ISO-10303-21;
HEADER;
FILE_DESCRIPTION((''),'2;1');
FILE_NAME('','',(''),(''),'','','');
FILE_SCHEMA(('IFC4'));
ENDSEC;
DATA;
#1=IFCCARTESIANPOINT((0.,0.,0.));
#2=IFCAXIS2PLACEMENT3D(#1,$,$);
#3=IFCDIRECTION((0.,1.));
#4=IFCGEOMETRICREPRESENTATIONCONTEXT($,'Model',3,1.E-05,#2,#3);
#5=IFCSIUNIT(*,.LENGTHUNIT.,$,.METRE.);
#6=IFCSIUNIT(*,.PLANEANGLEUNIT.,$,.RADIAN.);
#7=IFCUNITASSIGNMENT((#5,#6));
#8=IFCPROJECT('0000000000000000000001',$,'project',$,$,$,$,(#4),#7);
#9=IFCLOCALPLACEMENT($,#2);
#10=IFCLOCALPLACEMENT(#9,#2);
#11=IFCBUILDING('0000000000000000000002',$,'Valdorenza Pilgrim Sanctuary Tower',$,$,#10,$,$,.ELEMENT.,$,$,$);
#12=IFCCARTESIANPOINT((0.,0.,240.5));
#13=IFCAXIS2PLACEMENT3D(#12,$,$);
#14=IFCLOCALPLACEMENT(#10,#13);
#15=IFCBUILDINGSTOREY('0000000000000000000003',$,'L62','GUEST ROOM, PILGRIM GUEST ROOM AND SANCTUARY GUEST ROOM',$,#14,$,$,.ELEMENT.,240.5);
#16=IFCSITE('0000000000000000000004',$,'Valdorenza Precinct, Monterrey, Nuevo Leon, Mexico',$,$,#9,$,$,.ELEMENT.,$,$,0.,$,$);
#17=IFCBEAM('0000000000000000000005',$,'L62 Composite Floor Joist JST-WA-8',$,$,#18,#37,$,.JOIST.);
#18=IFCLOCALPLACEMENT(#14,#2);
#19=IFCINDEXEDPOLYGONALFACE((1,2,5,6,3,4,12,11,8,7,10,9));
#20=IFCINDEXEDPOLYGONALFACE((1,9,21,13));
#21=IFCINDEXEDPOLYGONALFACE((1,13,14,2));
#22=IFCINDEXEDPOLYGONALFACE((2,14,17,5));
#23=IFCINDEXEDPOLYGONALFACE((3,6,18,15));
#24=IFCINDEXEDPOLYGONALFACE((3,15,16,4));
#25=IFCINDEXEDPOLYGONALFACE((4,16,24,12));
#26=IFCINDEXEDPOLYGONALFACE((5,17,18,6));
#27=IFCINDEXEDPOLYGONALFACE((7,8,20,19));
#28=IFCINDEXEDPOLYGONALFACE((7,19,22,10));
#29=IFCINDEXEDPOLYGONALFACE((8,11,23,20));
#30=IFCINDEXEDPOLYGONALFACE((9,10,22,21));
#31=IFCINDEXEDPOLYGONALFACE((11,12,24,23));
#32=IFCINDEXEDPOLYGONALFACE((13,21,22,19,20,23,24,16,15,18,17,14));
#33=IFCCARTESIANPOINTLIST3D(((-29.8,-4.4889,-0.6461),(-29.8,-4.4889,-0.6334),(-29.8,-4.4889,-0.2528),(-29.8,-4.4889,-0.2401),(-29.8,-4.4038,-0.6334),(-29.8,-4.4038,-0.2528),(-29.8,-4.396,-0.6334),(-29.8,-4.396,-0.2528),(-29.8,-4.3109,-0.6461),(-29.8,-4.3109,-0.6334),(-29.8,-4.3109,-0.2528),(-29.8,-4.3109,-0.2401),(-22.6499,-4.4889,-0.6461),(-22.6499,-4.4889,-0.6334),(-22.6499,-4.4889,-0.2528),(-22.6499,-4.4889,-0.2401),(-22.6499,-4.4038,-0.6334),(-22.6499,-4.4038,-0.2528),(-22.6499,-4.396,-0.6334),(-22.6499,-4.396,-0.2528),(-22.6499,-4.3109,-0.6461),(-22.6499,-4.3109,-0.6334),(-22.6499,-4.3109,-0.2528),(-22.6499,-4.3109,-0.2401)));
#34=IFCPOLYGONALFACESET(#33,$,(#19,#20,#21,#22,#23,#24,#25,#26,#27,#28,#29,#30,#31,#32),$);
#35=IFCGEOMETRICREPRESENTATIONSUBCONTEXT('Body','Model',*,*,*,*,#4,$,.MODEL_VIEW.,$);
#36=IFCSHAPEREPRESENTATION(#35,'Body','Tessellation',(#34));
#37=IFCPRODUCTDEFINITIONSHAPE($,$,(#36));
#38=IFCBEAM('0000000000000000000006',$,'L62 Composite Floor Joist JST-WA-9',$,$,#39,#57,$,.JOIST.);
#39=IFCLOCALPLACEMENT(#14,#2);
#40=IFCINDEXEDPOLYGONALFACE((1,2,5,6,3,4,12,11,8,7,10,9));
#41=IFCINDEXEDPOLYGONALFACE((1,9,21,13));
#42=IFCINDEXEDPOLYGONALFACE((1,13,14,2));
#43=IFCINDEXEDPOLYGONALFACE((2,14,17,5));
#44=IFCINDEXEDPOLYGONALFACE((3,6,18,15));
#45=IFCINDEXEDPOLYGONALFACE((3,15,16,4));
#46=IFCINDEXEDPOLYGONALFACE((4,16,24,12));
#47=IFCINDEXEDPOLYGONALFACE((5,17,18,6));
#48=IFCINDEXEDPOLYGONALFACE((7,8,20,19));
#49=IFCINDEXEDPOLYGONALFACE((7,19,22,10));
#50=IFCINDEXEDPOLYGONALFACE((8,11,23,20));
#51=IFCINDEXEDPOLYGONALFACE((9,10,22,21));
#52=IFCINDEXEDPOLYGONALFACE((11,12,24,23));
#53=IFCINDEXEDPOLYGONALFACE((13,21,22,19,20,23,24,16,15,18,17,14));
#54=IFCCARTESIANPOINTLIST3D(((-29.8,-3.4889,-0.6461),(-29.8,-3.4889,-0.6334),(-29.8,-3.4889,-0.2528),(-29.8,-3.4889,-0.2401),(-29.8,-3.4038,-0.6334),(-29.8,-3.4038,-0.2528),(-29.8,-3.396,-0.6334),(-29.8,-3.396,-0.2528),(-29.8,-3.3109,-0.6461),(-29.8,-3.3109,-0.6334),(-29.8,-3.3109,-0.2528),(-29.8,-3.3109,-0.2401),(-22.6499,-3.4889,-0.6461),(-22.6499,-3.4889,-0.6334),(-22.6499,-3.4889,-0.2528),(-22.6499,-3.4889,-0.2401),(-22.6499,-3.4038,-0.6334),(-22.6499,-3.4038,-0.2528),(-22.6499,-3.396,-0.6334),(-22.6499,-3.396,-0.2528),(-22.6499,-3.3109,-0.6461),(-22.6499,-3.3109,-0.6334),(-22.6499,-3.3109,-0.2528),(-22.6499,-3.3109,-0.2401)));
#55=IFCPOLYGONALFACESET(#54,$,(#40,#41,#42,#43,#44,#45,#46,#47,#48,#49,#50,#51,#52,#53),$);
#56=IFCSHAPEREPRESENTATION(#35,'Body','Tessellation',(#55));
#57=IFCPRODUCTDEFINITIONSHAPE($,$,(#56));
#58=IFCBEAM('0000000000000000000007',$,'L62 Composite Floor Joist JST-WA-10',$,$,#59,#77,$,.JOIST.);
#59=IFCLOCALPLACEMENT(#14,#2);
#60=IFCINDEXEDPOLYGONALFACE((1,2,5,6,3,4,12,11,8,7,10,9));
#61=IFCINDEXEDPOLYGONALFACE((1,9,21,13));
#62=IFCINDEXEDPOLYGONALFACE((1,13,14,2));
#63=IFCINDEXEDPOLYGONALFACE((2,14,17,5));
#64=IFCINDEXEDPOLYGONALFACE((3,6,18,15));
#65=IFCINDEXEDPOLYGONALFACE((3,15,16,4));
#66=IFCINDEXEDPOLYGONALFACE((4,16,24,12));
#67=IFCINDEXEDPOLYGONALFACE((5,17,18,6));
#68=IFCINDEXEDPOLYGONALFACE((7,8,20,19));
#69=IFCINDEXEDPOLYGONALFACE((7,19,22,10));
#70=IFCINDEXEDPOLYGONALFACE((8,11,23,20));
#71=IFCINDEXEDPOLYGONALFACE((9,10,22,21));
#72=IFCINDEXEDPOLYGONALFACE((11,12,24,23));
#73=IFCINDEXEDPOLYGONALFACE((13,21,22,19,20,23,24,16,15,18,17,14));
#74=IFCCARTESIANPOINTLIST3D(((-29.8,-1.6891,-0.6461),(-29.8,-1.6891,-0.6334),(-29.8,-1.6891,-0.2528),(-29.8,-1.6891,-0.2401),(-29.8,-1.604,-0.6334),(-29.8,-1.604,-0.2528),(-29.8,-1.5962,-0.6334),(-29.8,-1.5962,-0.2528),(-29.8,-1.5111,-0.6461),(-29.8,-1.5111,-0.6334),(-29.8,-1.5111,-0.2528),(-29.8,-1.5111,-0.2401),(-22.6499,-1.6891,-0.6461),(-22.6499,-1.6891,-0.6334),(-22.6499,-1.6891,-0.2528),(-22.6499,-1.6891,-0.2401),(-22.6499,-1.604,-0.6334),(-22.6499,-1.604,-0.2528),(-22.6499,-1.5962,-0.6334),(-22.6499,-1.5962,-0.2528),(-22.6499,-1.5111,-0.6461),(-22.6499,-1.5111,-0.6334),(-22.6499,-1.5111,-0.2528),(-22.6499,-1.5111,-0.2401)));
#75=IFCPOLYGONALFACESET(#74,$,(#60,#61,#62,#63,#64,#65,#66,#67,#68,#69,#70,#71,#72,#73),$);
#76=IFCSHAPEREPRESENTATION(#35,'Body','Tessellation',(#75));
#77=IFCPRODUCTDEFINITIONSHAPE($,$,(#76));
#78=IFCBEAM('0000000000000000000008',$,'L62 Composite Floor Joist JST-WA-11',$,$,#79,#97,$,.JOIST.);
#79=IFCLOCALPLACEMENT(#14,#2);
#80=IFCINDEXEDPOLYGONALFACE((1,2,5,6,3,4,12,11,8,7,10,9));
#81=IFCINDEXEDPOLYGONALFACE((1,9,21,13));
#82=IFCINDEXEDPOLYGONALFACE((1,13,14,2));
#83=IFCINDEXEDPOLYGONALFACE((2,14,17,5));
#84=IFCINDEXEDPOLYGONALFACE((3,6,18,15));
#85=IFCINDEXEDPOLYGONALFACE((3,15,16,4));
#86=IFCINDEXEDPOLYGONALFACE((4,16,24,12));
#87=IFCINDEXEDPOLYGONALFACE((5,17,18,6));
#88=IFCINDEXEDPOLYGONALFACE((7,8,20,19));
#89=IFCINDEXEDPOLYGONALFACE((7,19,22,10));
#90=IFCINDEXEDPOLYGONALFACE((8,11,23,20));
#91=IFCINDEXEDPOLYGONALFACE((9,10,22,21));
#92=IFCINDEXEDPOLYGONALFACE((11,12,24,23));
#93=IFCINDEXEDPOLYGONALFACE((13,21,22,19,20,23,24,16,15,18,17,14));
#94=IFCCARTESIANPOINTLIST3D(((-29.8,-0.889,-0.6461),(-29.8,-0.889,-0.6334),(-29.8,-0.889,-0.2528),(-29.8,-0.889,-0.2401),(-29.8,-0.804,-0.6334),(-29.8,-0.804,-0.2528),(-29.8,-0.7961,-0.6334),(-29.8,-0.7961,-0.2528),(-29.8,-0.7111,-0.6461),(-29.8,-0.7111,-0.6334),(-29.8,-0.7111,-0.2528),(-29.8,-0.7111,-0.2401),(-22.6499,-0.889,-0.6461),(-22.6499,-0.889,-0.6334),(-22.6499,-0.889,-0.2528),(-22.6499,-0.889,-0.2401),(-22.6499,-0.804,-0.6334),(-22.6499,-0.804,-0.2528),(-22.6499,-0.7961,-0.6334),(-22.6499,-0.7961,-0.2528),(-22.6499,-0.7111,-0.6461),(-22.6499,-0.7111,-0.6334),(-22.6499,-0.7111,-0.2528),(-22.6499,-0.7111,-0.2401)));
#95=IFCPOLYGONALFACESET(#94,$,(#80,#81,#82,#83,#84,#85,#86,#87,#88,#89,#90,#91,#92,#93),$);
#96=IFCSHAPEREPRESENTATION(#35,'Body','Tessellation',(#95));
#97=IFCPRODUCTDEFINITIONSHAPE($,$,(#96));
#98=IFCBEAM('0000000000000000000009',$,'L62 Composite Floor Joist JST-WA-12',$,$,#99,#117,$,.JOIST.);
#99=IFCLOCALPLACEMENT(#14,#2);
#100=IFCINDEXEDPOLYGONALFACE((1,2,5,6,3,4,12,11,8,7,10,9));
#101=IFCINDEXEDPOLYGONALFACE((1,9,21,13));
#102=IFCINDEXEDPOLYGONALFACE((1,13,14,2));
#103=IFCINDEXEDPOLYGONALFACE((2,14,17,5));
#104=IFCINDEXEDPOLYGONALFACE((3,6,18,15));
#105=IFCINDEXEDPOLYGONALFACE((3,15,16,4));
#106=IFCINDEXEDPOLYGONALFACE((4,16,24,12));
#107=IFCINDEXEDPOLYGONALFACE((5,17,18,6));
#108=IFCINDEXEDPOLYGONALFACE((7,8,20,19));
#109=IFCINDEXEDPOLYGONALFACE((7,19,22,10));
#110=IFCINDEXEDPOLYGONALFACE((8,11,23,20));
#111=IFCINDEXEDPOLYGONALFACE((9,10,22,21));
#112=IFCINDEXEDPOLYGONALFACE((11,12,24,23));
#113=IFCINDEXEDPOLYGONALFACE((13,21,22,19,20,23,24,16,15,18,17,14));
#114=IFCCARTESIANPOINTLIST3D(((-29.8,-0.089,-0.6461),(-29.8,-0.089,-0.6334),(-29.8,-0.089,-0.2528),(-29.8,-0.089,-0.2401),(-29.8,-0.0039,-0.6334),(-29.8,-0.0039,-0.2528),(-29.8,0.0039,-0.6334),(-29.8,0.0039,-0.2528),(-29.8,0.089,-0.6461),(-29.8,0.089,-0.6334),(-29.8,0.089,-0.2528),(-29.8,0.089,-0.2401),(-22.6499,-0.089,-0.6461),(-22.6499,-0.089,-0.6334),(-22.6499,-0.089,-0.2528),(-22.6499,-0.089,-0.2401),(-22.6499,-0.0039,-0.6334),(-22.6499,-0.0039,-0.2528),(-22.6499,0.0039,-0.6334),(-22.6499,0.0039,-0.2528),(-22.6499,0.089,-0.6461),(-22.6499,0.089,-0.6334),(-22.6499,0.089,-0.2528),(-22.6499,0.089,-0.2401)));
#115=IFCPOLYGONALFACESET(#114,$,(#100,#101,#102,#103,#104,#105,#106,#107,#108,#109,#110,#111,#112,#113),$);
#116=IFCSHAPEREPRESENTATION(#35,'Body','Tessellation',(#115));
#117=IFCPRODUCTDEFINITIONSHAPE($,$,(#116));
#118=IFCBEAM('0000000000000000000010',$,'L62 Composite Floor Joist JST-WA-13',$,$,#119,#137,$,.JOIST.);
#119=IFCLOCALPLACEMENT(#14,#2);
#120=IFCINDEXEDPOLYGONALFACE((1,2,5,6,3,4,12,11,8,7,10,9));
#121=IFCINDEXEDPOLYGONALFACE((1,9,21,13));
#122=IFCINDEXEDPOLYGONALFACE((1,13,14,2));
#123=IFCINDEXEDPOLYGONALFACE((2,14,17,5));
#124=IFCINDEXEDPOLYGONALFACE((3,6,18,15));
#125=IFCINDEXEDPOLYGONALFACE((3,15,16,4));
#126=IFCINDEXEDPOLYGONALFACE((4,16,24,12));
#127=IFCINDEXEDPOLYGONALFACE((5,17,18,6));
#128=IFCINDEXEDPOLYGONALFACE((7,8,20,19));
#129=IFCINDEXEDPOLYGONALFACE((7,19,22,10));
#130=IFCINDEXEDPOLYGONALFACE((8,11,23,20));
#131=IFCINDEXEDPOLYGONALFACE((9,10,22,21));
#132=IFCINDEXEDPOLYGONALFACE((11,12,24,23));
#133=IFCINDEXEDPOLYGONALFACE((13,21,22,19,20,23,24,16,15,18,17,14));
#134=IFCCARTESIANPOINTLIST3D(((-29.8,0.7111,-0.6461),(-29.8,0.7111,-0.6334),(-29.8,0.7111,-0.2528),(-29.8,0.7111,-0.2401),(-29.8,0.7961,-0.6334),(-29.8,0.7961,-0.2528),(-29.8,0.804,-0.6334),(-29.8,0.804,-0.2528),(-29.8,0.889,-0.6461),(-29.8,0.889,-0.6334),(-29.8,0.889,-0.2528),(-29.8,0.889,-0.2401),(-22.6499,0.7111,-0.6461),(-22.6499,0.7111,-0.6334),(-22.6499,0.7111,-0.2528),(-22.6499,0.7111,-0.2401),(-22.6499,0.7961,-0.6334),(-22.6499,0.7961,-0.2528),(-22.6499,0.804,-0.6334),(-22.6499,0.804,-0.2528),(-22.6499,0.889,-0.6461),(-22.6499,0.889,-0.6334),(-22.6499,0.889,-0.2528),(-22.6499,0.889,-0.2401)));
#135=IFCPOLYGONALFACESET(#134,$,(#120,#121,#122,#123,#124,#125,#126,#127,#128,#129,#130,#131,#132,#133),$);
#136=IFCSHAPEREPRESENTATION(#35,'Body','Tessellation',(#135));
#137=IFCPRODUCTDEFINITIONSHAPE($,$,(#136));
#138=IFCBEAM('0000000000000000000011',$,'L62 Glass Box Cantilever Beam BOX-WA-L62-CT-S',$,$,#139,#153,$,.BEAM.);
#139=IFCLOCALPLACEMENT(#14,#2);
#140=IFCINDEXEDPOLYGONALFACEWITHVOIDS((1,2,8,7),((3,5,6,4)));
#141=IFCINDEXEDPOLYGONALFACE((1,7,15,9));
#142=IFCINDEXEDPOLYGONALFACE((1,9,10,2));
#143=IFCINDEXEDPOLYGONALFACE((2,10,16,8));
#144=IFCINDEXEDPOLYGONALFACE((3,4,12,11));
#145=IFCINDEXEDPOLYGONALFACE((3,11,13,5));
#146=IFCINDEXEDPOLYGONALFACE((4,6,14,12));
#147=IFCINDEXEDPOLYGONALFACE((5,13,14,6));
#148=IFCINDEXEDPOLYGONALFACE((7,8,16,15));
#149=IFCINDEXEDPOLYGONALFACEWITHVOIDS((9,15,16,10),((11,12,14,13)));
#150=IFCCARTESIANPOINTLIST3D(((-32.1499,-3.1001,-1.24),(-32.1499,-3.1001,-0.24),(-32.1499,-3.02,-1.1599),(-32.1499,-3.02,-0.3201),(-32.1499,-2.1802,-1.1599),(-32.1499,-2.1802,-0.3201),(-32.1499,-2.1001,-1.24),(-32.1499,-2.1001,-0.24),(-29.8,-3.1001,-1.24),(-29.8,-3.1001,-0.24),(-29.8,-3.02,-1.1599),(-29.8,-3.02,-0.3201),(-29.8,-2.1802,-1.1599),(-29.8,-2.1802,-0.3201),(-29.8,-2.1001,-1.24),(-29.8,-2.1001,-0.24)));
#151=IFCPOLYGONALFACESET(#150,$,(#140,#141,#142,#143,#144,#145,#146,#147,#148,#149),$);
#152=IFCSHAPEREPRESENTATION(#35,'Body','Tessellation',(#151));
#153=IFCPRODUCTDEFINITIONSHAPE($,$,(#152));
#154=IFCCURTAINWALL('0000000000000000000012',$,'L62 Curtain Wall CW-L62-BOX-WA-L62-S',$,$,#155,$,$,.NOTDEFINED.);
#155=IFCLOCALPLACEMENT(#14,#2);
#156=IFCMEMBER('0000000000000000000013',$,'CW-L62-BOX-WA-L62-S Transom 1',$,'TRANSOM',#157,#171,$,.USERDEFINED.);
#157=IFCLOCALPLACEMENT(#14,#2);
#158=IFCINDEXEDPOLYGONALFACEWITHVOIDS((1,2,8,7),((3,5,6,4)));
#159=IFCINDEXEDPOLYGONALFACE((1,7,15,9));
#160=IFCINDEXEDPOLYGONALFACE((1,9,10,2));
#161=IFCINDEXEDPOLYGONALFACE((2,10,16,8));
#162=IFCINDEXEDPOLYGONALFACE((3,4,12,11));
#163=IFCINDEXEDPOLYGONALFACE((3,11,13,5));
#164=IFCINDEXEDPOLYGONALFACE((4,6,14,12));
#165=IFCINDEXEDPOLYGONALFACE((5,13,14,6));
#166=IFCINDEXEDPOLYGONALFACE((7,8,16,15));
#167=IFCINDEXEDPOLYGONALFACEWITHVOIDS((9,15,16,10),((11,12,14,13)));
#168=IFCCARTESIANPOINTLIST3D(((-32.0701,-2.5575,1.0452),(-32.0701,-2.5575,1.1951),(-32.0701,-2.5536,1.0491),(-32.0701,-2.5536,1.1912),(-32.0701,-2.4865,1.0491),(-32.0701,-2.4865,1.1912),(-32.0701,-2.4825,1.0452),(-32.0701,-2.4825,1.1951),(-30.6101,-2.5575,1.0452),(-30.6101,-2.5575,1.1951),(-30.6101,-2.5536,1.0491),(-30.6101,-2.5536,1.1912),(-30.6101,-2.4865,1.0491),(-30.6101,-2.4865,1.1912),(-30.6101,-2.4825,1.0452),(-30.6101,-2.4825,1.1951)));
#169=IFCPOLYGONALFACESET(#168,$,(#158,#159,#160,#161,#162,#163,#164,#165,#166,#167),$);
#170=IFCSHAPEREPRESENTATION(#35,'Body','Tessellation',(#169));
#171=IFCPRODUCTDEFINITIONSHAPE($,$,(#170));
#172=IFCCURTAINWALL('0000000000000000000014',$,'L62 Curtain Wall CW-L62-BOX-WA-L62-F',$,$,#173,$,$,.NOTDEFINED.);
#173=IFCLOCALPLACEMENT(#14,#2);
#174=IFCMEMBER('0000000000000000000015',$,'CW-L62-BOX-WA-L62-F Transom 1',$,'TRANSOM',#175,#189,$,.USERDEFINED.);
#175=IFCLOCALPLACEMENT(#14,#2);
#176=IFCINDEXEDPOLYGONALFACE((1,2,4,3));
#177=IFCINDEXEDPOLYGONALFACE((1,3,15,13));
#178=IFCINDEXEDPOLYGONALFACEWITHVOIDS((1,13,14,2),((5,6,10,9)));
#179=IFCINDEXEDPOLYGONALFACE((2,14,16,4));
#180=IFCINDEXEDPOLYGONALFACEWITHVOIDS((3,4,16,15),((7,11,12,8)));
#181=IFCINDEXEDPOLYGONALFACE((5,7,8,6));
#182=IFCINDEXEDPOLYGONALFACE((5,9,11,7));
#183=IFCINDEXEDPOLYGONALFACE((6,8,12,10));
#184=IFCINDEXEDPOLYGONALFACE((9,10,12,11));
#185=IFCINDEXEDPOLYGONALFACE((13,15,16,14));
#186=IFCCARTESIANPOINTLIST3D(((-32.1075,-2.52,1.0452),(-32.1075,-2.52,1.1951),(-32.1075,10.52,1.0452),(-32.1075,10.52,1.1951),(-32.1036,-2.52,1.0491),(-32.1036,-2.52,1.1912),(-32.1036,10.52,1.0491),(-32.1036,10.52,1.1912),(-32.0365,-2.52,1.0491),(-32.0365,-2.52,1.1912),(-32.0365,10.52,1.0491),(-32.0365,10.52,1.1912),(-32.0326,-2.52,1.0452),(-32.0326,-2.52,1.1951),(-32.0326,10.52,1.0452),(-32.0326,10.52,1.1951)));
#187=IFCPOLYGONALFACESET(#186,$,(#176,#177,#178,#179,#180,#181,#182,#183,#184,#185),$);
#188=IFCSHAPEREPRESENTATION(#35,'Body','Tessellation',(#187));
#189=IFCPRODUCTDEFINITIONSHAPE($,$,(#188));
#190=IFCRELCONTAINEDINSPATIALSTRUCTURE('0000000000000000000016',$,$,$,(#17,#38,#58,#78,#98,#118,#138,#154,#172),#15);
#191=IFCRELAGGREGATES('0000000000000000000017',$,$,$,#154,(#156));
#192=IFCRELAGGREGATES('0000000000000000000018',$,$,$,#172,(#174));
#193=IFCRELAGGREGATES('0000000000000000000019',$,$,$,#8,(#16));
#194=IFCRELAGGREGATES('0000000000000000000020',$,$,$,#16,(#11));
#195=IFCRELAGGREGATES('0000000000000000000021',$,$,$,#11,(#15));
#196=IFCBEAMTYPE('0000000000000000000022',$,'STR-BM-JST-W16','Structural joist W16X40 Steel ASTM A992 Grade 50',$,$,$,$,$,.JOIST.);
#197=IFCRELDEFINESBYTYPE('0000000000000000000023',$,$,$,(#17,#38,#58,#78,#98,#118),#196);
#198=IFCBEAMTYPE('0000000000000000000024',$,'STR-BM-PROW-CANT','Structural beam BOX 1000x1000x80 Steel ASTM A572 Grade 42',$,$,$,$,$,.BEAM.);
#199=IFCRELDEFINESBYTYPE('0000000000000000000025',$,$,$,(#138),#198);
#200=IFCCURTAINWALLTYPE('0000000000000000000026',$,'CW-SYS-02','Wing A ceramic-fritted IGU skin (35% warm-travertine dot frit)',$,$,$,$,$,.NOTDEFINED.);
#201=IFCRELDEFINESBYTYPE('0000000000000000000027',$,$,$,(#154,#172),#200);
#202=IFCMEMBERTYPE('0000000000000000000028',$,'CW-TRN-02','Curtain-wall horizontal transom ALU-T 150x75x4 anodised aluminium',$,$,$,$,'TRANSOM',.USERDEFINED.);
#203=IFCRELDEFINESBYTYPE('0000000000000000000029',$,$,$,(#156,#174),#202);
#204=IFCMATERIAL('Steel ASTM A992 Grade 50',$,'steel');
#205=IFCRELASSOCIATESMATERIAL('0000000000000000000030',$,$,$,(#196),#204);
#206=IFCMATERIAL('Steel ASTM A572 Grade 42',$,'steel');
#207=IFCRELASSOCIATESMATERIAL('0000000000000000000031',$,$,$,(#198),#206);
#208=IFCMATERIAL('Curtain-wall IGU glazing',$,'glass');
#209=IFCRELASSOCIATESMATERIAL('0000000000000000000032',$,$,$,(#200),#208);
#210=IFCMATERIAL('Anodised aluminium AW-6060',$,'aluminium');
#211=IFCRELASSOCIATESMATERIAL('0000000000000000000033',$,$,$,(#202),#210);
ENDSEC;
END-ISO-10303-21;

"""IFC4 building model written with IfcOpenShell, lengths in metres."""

from ifc_helpers import new_model, si_unit, direction, frame, origin, origin_2d, place, context, subcontext, project, spatial, hollow_rectangle, i_section, extrude, source, transform, mapped, material, material_profile, profile_set, type_object, element, aggregate, save


model = new_model("IFC4")

# Units and contexts
model_context = context("Model", 3, precision=1e-05, world=origin(), true_north=direction((0.0, 1.0)))
body_context = subcontext(model_context, "Body", "Model", "MODEL_VIEW")
ifc_project = project(units=[si_unit("LENGTHUNIT", "METRE"), si_unit("PLANEANGLEUNIT", "RADIAN")], contexts=[model_context])

# Site, building, storey
site_placement = place(None, origin())
site = spatial("IfcSite", under=ifc_project, at=site_placement, Name="Valdorenza Precinct, Monterrey, Nuevo Leon, Mexico", CompositionType="ELEMENT", RefElevation=0.0)
building_placement = place(site_placement, origin())
building = spatial("IfcBuilding", under=site, at=building_placement, Name="Valdorenza Pilgrim Sanctuary Tower", CompositionType="ELEMENT")
storey_placement = place(building_placement, frame((0.0, 0.0, 240.5)))
storey = spatial("IfcBuildingStorey", under=building, at=storey_placement, Name="L62", Description="GUEST ROOM, PILGRIM GUEST ROOM AND SANCTUARY GUEST ROOM", CompositionType="ELEMENT", Elevation=240.5)

# Beams
ifc_material_1 = material(Name="Steel ASTM A992 Grade 50", Category="steel")
ifc_material_profile_1 = material_profile(ifc_material_1, i_section(OverallWidth=0.178, OverallDepth=0.406, WebThickness=0.0078, FlangeThickness=0.0127, at=origin_2d()), Name="W16X40")
ifc_profile_set_1 = profile_set([ifc_material_profile_1], Name="Steel ASTM A992 Grade 50")
beam_type_1 = type_object("IfcBeamType", Name="STR-BM-JST-W16", Description="Structural joist W16X40 Steel ASTM A992 Grade 50", PredefinedType="JOIST", material=ifc_profile_set_1)
shared_shape_1 = source(origin(), body_context, "Body", "SweptSolid", [
    extrude(i_section(OverallWidth=0.178, OverallDepth=0.406, WebThickness=0.0078, FlangeThickness=0.0127, at=origin_2d()), origin(), (0.0, 0.0, 1.0), 7.1501),
])
for number, where, z_axis, x_axis, name in (
    (1, (-29.8, -4.3999, -0.4431), (1.0, 0.0, 0.0), (0.0, 1.0, 0.0), "L62 Composite Floor Joist JST-WA-8"),
    (2, (-29.8, -3.3999, -0.4431), (1.0, 0.0, 0.0), (0.0, 1.0, 0.0), "L62 Composite Floor Joist JST-WA-9"),
    (3, (-29.8, -1.6001, -0.4431), (1.0, 0.0, 0.0), (0.0, 1.0, 0.0), "L62 Composite Floor Joist JST-WA-10"),
    (4, (-29.8, -0.8, -0.4431), (1.0, 0.0, 0.0), (0.0, 1.0, 0.0), "L62 Composite Floor Joist JST-WA-11"),
    (5, (-29.8, 0.0, -0.4431), (1.0, 0.0, 0.0), (0.0, 1.0, 0.0), "L62 Composite Floor Joist JST-WA-12"),
    (6, (-29.8, 0.8, -0.4431), (1.0, 0.0, 0.0), (0.0, 1.0, 0.0), "L62 Composite Floor Joist JST-WA-13"),
):
    element("IfcBeam", number, at=place(storey_placement, frame(where, z_axis=z_axis, x_axis=x_axis)), inside=storey, type_object=beam_type_1, Name=name, PredefinedType="JOIST", context=body_context, shape_type="MappedRepresentation", body=[
        mapped(shared_shape_1, transform((0.0, 0.0, 0.0), x_axis=(1.0, 0.0, 0.0), y_axis=(0.0, 1.0, 0.0), z_axis=(0.0, 0.0, 1.0), scale=1.0)),
    ])
ifc_material_2 = material(Name="Steel ASTM A572 Grade 42", Category="steel")
ifc_material_profile_2 = material_profile(ifc_material_2, hollow_rectangle(XDim=1.0, YDim=1.0, WallThickness=0.0801, at=origin_2d()), Name="BOX 1000x1000x80")
ifc_profile_set_2 = profile_set([ifc_material_profile_2], Name="Steel ASTM A572 Grade 42")
beam_type_2 = type_object("IfcBeamType", Name="STR-BM-PROW-CANT", Description="Structural beam BOX 1000x1000x80 Steel ASTM A572 Grade 42", PredefinedType="BEAM", material=ifc_profile_set_2)
shared_shape_2 = source(origin(), body_context, "Body", "SweptSolid", [
    extrude(hollow_rectangle(XDim=1.0, YDim=1.0, WallThickness=0.0801, at=origin_2d()), origin(), (0.0, 0.0, 1.0), 2.3499),
])
beam_1_placement = place(storey_placement, frame((-29.8, -2.6001, -0.74), z_axis=(-1.0, 0.0, 0.0), x_axis=(0.0, -1.0, 0.0)))
element("IfcBeam", 7, at=beam_1_placement, inside=storey, type_object=beam_type_2, Name="L62 Glass Box Cantilever Beam BOX-WA-L62-CT-S", PredefinedType="BEAM", context=body_context, shape_type="MappedRepresentation", body=[
    mapped(shared_shape_2, transform((0.0, 0.0, 0.0), x_axis=(1.0, 0.0, 0.0), y_axis=(0.0, 1.0, 0.0), z_axis=(0.0, 0.0, 1.0), scale=1.0)),
])

# Curtain walls, members
ifc_material_3 = material(Name="Curtain-wall IGU glazing", Category="glass")
curtain_wall_type = type_object("IfcCurtainWallType", Name="CW-SYS-02", Description="Wing A ceramic-fritted IGU skin (35% warm-travertine dot frit)", PredefinedType="NOTDEFINED", material=ifc_material_3)
curtain_wall_1_placement = place(storey_placement, origin())
curtain_wall_1 = element("IfcCurtainWall", 8, at=curtain_wall_1_placement, inside=storey, type_object=curtain_wall_type, Name="L62 Curtain Wall CW-L62-BOX-WA-L62-S", PredefinedType="NOTDEFINED")
ifc_material_4 = material(Name="Anodised aluminium AW-6060", Category="aluminium")
ifc_material_profile_3 = material_profile(ifc_material_4, hollow_rectangle(XDim=0.075, YDim=0.1499, WallThickness=0.0039, at=origin_2d()), Name="ALU-T 150x75x4")
ifc_profile_set_3 = profile_set([ifc_material_profile_3], Name="Anodised aluminium AW-6060")
member_type_1 = type_object("IfcMemberType", Name="CW-TRN-02", Description="Curtain-wall horizontal transom ALU-T 150x75x4 anodised aluminium", ElementType="TRANSOM", PredefinedType="USERDEFINED", material=ifc_profile_set_3)
shared_shape_3 = source(origin(), body_context, "Body", "SweptSolid", [
    extrude(hollow_rectangle(XDim=0.075, YDim=0.1499, WallThickness=0.0039, at=origin_2d()), origin(), (0.0, 0.0, 1.0), 1.46),
])
member_1_placement = place(storey_placement, frame((-30.6101, -2.52, 1.1201), z_axis=(-1.0, 0.0, 0.0), x_axis=(0.0, -1.0, 0.0)))
member_1 = element("IfcMember", 9, at=member_1_placement, type_object=member_type_1, Name="CW-L62-BOX-WA-L62-S Transom 1", ObjectType="TRANSOM", PredefinedType="USERDEFINED", context=body_context, shape_type="MappedRepresentation", body=[
    mapped(shared_shape_3, transform((0.0, 0.0, 0.0), x_axis=(1.0, 0.0, 0.0), y_axis=(0.0, 1.0, 0.0), z_axis=(0.0, 0.0, 1.0), scale=1.0)),
])
curtain_wall_2_placement = place(storey_placement, origin())
curtain_wall_2 = element("IfcCurtainWall", 10, at=curtain_wall_2_placement, inside=storey, type_object=curtain_wall_type, Name="L62 Curtain Wall CW-L62-BOX-WA-L62-F", PredefinedType="NOTDEFINED")
shared_shape_4 = source(origin(), body_context, "Body", "SweptSolid", [
    extrude(hollow_rectangle(XDim=0.075, YDim=0.1499, WallThickness=0.0039, at=origin_2d()), origin(), (0.0, 0.0, 1.0), 13.04),
])
member_2_placement = place(storey_placement, frame((-32.0701, -2.52, 1.1201), z_axis=(0.0, 1.0, 0.0), x_axis=(-1.0, 0.0, 0.0)))
member_2 = element("IfcMember", 11, at=member_2_placement, type_object=member_type_1, Name="CW-L62-BOX-WA-L62-F Transom 1", ObjectType="TRANSOM", PredefinedType="USERDEFINED", context=body_context, shape_type="MappedRepresentation", body=[
    mapped(shared_shape_4, transform((0.0, 0.0, 0.0), x_axis=(1.0, 0.0, 0.0), y_axis=(0.0, 1.0, 0.0), z_axis=(0.0, 0.0, 1.0), scale=1.0)),
])

aggregate(curtain_wall_1, [member_1])
aggregate(curtain_wall_2, [member_2])

save(model, "model.ifc")
